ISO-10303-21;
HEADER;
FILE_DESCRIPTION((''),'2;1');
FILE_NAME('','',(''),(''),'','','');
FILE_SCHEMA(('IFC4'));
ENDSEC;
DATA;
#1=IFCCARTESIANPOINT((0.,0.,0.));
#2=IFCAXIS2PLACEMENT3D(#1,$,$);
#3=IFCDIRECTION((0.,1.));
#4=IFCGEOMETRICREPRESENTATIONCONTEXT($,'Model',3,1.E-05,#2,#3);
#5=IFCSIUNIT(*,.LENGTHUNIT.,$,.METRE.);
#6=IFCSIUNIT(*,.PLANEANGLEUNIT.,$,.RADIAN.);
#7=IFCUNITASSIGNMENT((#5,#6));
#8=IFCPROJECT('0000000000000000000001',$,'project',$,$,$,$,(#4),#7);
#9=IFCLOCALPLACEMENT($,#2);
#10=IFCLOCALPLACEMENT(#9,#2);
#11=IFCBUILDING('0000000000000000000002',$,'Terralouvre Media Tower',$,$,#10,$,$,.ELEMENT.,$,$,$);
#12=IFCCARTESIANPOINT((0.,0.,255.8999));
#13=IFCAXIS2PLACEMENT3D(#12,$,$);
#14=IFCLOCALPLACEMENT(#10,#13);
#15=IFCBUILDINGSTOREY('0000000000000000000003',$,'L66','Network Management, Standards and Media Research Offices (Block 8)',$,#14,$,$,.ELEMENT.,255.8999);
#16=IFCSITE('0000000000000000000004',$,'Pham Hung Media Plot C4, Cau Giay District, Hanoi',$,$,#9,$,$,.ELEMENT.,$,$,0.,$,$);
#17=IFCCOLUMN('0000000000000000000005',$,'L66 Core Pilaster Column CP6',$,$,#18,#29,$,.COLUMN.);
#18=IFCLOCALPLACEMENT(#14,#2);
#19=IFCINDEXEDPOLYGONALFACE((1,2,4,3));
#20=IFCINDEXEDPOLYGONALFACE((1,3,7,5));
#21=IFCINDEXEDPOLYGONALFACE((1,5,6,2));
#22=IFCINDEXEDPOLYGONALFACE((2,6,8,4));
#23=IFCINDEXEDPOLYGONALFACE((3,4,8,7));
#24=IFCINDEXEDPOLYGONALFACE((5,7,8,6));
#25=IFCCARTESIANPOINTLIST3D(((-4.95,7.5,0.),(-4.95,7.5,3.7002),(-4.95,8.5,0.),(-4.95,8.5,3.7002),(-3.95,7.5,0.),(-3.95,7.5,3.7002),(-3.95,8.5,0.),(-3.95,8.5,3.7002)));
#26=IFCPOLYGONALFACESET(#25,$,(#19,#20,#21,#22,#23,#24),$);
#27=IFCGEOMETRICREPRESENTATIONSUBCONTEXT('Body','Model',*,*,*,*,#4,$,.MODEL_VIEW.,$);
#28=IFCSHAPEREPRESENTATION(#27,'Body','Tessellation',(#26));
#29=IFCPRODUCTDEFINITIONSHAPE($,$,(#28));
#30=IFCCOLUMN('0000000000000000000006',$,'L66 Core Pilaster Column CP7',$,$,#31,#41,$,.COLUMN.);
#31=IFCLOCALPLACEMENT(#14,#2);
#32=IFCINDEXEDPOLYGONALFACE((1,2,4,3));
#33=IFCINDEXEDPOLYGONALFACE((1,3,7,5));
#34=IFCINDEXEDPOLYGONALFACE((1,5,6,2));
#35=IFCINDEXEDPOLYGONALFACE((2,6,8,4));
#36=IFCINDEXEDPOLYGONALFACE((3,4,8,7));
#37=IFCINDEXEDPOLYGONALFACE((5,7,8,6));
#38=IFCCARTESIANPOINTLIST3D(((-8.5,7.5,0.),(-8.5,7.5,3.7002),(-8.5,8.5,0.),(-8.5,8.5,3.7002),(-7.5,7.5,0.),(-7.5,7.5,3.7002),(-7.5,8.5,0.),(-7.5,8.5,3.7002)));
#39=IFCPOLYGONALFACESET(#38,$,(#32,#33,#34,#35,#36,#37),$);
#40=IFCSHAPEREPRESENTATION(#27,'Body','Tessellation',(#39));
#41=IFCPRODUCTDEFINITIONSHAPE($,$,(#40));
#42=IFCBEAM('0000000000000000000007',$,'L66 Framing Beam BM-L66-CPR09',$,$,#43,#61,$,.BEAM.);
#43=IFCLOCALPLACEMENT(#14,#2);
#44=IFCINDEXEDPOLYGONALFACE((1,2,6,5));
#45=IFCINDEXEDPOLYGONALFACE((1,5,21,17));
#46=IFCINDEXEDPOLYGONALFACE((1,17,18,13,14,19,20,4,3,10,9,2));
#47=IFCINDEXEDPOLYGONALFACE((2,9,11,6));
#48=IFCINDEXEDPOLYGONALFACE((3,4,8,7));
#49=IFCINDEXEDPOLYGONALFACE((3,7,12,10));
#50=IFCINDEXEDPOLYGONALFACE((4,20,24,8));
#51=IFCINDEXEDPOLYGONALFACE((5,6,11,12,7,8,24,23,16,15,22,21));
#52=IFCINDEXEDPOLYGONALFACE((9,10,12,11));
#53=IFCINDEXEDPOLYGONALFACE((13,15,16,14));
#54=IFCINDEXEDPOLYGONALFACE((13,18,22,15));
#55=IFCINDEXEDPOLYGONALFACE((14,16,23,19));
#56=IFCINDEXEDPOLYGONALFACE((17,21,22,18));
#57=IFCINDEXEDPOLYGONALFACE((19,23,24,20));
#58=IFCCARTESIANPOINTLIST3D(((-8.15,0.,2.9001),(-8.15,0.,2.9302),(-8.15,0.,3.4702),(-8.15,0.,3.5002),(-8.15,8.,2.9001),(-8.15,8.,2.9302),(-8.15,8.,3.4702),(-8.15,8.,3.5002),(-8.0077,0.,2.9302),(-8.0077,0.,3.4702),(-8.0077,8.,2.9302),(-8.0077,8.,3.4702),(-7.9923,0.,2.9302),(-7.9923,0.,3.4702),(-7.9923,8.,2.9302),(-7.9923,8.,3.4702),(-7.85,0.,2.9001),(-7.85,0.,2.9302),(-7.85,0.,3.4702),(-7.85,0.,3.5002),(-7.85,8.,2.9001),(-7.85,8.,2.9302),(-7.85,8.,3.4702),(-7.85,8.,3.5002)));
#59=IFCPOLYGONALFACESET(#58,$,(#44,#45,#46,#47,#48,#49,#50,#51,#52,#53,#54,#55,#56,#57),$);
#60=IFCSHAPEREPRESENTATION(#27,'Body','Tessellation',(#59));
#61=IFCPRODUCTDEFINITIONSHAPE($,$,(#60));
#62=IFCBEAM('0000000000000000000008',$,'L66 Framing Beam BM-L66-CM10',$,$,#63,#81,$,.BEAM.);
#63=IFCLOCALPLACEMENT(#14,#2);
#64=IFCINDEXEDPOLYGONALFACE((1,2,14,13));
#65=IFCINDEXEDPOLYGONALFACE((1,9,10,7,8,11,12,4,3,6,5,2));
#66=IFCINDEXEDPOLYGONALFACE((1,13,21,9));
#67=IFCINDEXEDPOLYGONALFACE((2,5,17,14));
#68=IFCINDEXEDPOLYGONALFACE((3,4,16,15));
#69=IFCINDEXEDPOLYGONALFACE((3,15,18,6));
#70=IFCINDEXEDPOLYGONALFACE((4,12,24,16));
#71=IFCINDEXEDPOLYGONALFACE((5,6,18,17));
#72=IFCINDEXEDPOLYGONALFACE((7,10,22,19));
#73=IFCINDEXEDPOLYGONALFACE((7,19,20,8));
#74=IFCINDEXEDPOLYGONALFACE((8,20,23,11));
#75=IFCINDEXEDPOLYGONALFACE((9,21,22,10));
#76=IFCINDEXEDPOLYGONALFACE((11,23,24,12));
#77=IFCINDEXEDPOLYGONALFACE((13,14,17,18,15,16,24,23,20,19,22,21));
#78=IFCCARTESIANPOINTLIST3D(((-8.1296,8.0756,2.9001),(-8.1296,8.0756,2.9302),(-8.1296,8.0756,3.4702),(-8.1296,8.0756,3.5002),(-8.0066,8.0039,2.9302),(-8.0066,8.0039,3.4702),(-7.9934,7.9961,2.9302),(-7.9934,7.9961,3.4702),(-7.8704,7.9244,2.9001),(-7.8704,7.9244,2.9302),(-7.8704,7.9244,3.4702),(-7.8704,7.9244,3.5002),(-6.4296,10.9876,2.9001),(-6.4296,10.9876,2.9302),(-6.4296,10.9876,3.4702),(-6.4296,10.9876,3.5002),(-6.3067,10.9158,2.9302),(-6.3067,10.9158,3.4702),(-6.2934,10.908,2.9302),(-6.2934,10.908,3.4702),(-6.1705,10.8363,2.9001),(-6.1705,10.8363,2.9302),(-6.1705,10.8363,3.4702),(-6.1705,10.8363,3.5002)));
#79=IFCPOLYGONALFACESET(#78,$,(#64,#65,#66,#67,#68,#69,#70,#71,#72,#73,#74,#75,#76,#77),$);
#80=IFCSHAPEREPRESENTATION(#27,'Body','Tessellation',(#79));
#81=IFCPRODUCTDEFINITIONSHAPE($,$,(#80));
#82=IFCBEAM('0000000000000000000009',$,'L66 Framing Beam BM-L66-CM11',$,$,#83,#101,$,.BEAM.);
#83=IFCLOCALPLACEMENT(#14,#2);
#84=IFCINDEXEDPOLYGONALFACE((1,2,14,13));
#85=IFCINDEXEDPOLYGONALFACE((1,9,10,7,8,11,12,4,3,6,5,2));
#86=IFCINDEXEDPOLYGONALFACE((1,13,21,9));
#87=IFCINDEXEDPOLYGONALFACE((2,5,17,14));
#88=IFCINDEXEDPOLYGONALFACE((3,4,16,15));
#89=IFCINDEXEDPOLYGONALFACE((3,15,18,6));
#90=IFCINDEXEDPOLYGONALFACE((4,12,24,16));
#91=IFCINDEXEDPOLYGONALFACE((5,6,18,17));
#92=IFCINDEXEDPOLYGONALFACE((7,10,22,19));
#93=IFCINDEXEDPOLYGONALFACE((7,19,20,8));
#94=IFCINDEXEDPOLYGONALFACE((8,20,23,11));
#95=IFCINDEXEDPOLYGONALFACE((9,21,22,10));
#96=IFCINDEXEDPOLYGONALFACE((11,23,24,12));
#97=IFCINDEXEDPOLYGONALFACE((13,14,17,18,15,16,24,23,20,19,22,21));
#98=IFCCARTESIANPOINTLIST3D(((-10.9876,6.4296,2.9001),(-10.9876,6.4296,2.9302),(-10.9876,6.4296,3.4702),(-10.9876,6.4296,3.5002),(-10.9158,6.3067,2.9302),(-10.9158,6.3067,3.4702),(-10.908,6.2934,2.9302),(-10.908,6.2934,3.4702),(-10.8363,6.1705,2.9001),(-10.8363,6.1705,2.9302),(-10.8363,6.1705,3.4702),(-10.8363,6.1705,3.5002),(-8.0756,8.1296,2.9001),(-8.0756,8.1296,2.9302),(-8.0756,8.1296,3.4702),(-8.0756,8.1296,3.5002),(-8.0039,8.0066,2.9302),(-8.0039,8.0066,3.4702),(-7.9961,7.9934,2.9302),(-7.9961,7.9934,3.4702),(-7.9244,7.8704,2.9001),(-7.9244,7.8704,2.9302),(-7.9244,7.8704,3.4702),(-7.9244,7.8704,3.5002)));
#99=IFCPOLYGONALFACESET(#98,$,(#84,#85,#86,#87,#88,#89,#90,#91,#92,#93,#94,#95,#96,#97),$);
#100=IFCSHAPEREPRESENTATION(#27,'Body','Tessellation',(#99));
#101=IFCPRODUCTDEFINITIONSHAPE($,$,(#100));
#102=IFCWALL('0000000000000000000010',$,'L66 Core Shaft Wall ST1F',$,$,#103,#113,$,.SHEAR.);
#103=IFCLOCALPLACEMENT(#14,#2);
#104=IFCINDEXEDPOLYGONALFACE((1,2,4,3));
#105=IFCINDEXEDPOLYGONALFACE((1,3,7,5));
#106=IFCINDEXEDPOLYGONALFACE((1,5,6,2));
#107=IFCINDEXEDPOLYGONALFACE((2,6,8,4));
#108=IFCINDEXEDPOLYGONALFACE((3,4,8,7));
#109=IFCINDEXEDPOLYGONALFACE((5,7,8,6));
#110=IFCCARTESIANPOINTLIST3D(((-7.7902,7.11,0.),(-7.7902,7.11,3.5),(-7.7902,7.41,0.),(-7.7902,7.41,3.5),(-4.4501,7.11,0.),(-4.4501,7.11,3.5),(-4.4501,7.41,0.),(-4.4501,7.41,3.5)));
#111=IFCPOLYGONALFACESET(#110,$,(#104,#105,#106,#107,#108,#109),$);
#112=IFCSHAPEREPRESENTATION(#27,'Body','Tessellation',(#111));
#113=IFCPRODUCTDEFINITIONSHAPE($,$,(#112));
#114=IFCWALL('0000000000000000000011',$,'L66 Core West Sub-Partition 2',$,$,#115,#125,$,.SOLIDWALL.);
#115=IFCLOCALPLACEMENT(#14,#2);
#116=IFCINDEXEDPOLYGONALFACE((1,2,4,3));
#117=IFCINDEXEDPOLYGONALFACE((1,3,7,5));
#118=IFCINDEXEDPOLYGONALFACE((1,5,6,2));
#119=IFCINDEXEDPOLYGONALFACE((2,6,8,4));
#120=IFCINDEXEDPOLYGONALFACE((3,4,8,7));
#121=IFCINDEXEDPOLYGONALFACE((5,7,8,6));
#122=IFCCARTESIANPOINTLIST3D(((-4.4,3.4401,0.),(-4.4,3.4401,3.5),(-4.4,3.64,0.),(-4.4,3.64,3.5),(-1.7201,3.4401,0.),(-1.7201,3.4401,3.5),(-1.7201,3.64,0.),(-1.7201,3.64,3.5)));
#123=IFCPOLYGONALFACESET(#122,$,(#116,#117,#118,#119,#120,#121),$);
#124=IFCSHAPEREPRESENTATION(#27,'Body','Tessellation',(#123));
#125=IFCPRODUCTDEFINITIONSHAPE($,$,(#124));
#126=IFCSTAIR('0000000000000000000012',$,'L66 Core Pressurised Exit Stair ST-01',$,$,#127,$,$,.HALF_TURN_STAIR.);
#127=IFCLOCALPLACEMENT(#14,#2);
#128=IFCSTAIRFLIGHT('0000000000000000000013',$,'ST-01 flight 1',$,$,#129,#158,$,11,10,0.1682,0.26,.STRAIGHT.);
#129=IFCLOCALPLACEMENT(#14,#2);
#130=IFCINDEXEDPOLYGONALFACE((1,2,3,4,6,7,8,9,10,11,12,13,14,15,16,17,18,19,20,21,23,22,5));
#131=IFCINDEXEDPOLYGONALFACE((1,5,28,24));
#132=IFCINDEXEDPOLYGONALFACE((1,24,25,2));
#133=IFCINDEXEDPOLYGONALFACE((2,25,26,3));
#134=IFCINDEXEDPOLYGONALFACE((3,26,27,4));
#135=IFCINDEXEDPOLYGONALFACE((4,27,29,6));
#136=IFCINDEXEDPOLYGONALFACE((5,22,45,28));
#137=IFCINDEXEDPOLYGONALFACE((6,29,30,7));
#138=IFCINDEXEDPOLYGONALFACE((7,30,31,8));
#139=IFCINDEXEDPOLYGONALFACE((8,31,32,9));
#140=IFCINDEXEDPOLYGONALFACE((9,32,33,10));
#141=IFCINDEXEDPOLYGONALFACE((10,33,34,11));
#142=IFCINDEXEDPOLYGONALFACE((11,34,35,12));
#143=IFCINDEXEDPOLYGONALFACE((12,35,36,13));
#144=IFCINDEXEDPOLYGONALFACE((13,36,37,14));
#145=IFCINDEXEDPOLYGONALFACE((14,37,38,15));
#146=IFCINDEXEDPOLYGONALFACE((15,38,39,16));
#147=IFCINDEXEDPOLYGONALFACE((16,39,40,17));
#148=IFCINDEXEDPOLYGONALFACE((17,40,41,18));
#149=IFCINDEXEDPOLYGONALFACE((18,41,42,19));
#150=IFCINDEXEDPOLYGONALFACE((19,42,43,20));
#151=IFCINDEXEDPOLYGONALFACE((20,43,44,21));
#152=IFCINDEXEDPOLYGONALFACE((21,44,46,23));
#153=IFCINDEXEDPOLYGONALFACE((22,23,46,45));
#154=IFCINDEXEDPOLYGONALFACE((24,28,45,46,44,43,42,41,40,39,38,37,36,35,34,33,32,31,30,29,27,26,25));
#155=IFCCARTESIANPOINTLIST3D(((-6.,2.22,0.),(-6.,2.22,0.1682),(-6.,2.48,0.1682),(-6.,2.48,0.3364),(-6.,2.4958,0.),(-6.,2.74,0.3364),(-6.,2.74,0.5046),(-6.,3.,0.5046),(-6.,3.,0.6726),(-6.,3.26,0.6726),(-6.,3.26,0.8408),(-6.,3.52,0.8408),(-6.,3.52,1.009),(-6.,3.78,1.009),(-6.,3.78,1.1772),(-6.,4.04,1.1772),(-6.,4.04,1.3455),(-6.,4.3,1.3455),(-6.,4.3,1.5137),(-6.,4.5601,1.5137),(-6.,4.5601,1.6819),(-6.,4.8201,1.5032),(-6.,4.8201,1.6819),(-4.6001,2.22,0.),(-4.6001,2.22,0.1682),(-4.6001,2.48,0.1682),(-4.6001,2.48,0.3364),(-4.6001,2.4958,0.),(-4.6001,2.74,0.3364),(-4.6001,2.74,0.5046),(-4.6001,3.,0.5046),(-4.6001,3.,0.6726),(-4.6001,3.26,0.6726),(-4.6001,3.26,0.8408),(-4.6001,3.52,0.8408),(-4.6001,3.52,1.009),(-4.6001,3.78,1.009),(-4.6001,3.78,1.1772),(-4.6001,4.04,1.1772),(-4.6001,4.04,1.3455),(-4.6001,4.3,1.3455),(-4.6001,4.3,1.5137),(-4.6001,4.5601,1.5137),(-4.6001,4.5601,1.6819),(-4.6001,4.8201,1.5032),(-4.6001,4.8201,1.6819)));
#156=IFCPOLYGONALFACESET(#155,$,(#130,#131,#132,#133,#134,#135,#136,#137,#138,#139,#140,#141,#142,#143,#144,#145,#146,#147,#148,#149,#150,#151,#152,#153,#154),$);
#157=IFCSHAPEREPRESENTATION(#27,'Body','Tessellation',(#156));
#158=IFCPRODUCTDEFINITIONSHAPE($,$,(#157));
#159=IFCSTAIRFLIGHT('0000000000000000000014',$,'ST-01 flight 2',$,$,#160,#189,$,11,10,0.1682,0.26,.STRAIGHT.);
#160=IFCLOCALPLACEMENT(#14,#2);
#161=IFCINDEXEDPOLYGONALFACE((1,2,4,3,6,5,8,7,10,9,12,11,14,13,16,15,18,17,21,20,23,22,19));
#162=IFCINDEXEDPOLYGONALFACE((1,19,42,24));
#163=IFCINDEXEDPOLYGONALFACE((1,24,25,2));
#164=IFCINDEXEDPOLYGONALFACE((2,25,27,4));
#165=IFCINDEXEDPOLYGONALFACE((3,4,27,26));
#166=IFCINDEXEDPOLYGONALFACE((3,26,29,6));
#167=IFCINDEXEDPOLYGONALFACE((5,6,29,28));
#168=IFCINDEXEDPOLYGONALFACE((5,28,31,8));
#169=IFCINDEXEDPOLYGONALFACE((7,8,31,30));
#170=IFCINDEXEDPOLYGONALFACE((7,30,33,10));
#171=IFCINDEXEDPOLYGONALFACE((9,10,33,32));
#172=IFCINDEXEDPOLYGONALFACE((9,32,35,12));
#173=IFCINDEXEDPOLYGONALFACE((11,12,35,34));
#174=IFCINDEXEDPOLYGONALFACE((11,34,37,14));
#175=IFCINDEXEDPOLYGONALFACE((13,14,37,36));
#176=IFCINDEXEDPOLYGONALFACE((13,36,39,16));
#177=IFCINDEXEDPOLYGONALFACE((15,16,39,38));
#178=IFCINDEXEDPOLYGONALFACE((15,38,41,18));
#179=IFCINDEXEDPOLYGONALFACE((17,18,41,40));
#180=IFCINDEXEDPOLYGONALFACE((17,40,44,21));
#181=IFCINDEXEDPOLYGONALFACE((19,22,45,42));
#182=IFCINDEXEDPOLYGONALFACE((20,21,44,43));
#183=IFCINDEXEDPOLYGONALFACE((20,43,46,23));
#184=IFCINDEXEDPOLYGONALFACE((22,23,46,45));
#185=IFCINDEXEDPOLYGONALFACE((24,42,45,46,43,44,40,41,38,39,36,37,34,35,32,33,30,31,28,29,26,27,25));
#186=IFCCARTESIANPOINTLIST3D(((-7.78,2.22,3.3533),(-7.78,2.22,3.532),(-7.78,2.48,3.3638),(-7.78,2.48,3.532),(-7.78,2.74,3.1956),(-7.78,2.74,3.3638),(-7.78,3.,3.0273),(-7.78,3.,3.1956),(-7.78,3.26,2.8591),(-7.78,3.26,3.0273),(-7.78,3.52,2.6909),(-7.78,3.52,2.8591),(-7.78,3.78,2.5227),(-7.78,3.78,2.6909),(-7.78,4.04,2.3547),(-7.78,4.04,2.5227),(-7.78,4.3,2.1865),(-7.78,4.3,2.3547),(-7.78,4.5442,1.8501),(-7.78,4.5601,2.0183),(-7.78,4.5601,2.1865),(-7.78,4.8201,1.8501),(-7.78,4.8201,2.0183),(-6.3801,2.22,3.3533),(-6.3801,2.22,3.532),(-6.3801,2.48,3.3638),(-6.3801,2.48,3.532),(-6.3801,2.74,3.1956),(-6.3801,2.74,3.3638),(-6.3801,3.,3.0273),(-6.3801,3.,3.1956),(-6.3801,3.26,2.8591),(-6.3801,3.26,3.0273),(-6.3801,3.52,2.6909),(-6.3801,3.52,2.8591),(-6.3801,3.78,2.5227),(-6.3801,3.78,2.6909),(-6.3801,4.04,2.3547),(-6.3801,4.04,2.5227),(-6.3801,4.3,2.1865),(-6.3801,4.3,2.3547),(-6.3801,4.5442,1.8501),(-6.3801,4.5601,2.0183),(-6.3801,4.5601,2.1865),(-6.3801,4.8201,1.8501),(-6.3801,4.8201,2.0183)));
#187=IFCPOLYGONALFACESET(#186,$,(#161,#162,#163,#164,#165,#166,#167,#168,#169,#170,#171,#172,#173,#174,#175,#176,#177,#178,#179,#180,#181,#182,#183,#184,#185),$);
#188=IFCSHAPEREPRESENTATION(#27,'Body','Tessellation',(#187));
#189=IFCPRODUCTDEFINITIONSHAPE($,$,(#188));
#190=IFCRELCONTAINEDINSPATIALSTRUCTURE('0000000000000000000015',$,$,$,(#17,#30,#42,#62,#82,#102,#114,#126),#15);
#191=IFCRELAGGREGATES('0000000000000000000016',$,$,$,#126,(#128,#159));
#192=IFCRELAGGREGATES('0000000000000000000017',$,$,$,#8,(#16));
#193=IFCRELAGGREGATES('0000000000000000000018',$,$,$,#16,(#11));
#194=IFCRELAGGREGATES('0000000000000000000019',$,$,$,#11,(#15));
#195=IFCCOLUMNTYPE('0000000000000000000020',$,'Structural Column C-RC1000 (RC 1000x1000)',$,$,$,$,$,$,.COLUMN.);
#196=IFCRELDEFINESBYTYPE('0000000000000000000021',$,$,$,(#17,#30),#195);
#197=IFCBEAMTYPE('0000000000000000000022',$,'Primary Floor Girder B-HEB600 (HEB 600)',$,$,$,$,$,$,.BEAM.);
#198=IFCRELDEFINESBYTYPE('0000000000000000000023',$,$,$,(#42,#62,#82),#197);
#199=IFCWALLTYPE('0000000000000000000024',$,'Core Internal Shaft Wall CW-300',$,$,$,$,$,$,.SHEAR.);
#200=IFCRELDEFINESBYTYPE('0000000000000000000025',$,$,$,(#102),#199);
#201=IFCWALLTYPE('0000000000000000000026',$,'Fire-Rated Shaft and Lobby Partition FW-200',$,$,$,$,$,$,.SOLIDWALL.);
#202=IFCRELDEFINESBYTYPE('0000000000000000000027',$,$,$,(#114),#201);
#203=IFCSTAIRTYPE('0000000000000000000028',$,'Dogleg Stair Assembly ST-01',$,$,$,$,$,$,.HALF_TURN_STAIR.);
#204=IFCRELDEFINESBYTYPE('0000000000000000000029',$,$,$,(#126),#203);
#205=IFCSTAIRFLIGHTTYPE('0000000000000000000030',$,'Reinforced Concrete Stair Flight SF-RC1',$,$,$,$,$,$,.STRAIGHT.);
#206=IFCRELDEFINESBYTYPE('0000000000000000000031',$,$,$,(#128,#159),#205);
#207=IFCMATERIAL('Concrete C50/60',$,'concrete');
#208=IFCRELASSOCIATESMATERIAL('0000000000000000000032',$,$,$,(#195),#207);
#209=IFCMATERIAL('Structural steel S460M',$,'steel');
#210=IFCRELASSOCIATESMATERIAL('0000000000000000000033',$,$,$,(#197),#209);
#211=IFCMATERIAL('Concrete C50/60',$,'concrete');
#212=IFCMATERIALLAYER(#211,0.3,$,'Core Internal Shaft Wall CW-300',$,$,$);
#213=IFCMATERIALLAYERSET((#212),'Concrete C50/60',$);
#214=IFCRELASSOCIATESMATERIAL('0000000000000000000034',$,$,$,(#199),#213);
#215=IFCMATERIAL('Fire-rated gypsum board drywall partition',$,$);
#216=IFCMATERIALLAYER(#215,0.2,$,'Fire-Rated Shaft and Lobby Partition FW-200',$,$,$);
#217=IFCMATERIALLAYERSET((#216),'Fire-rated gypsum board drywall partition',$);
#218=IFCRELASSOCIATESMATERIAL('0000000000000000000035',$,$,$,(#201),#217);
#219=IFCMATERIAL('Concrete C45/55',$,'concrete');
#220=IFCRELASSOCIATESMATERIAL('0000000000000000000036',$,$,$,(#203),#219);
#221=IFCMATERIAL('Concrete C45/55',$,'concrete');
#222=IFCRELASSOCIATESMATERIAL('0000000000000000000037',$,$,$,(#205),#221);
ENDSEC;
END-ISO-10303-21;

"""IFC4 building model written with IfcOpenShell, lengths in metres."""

from ifc_helpers import new_model, si_unit, direction, frame, frame_2d, origin, origin_2d, place, context, subcontext, project, spatial, polyline, rectangle, i_section, outline, extrude, material, layer, layer_set, material_profile, profile_set, type_object, element, aggregate, save


model = new_model("IFC4")

# Units and contexts
model_context = context("Model", 3, precision=1e-05, world=origin(), true_north=direction((0.0, 1.0)))
body_context = subcontext(model_context, "Body", "Model", "MODEL_VIEW")
ifc_project = project(units=[si_unit("LENGTHUNIT", "METRE"), si_unit("PLANEANGLEUNIT", "RADIAN")], contexts=[model_context])

# Site, building, storey
site_placement = place(None, origin())
site = spatial("IfcSite", under=ifc_project, at=site_placement, Name="Pham Hung Media Plot C4, Cau Giay District, Hanoi", CompositionType="ELEMENT", RefElevation=0.0)
building_placement = place(site_placement, origin())
building = spatial("IfcBuilding", under=site, at=building_placement, Name="Terralouvre Media Tower", CompositionType="ELEMENT")
storey_placement = place(building_placement, frame((0.0, 0.0, 255.8999)))
storey = spatial("IfcBuildingStorey", under=building, at=storey_placement, Name="L66", Description="Network Management, Standards and Media Research Offices (Block 8)", CompositionType="ELEMENT", Elevation=255.8999)

# Columns
ifc_material_1 = material(Name="Concrete C50/60", Category="concrete")
ifc_material_profile_1 = material_profile(ifc_material_1, rectangle(XDim=1.0, YDim=1.0, at=origin_2d()), Name="RC 1000x1000")
ifc_profile_set_1 = profile_set([ifc_material_profile_1], Name="Concrete C50/60")
column_type = type_object("IfcColumnType", Name="Structural Column C-RC1000 (RC 1000x1000)", PredefinedType="COLUMN", material=ifc_profile_set_1)
for number, where, z_axis, x_axis, name in (
    (1, (-4.45, 8.0, 0.0), (0.0, 0.0, 1.0), (1.0, 0.0, 0.0), "L66 Core Pilaster Column CP6"),
    (2, (-8.0, 8.0, 0.0), (0.0, 0.0, 1.0), (1.0, 0.0, 0.0), "L66 Core Pilaster Column CP7"),
):
    element("IfcColumn", number, at=place(storey_placement, frame(where, z_axis=z_axis, x_axis=x_axis)), inside=storey, type_object=column_type, Name=name, PredefinedType="COLUMN", context=body_context, shape_type="SweptSolid", body=[
        extrude(rectangle(XDim=1.0, YDim=1.0, at=origin_2d()), origin(), (0.0, 0.0, 1.0), 3.7002),
    ])

# Beams
ifc_material_2 = material(Name="Structural steel S460M", Category="steel")
ifc_material_profile_2 = material_profile(ifc_material_2, i_section(OverallWidth=0.3, OverallDepth=0.6001, WebThickness=0.0154, FlangeThickness=0.03, at=origin_2d()), Name="HEB 600")
ifc_profile_set_2 = profile_set([ifc_material_profile_2], Name="Structural steel S460M")
beam_type = type_object("IfcBeamType", Name="Primary Floor Girder B-HEB600 (HEB 600)", PredefinedType="BEAM", material=ifc_profile_set_2)
beam_placement = place(storey_placement, frame((-8.0, 8.0, 3.2002), z_axis=(0.0, -1.0, 0.0), x_axis=(1.0, 0.0, 0.0)))
element("IfcBeam", 3, at=beam_placement, inside=storey, type_object=beam_type, Name="L66 Framing Beam BM-L66-CPR09", PredefinedType="BEAM", context=body_context, shape_type="SweptSolid", body=[
    extrude(i_section(OverallWidth=0.3, OverallDepth=0.6001, WebThickness=0.0154, FlangeThickness=0.03, at=origin_2d()), origin(), (0.0, 0.0, 1.0), 8.0),
])
for number, where, z_axis, x_axis, name in (
    (4, (-8.0, 8.0, 3.2002), (0.504173, 0.863603, 0.0), (-0.863603, 0.504173, 0.0), "L66 Framing Beam BM-L66-CM10"),
    (5, (-8.0, 8.0, 3.2002), (-0.863603, -0.504173, 0.0), (0.504173, -0.863603, 0.0), "L66 Framing Beam BM-L66-CM11"),
):
    element("IfcBeam", number, at=place(storey_placement, frame(where, z_axis=z_axis, x_axis=x_axis)), inside=storey, type_object=beam_type, Name=name, PredefinedType="BEAM", context=body_context, shape_type="SweptSolid", body=[
        extrude(i_section(OverallWidth=0.3, OverallDepth=0.6001, WebThickness=0.0154, FlangeThickness=0.03, at=origin_2d()), origin(), (0.0, 0.0, 1.0), 3.3718),
    ])

# Shared definitions
ifc_material_3 = material(Name="Concrete C50/60", Category="concrete")
ifc_layer_1 = layer(ifc_material_3, 0.3, Name="Core Internal Shaft Wall CW-300")
ifc_layer_set_1 = layer_set([ifc_layer_1], Name="Concrete C50/60")
wall_type_1 = type_object("IfcWallType", Name="Core Internal Shaft Wall CW-300", PredefinedType="SHEAR", material=ifc_layer_set_1)

# Wall
wall_1_placement = place(storey_placement, frame((-7.79, 7.26, 0.0), z_axis=(0.0, 0.0, 1.0), x_axis=(1.0, 0.0, 0.0)))
element("IfcWall", 6, at=wall_1_placement, inside=storey, type_object=wall_type_1, Name="L66 Core Shaft Wall ST1F", PredefinedType="SHEAR", context=body_context, shape_type="SweptSolid", body=[
    extrude(rectangle(XDim=3.3401, YDim=0.3, at=frame_2d((1.6699, 0.0))), origin(), (0.0, 0.0, 1.0), 3.5),
])

# Wall
ifc_material_4 = material(Name="Fire-rated gypsum board drywall partition")
ifc_layer_2 = layer(ifc_material_4, 0.2, Name="Fire-Rated Shaft and Lobby Partition FW-200")
ifc_layer_set_2 = layer_set([ifc_layer_2], Name="Fire-rated gypsum board drywall partition")
wall_type_2 = type_object("IfcWallType", Name="Fire-Rated Shaft and Lobby Partition FW-200", PredefinedType="SOLIDWALL", material=ifc_layer_set_2)
wall_2_placement = place(storey_placement, frame((-4.3999, 3.54, 0.0), z_axis=(0.0, 0.0, 1.0), x_axis=(1.0, 0.0, 0.0)))
element("IfcWall", 7, at=wall_2_placement, inside=storey, type_object=wall_type_2, Name="L66 Core West Sub-Partition 2", PredefinedType="SOLIDWALL", context=body_context, shape_type="SweptSolid", body=[
    extrude(rectangle(XDim=2.6799, YDim=0.2, at=frame_2d((1.3398, 0.0))), origin(), (0.0, 0.0, 1.0), 3.5),
])

# Stair, stair flights
ifc_material_5 = material(Name="Concrete C45/55", Category="concrete")
stair_type = type_object("IfcStairType", Name="Dogleg Stair Assembly ST-01", PredefinedType="HALF_TURN_STAIR", material=ifc_material_5)
stair_placement = place(storey_placement, origin())
stair = element("IfcStair", 8, at=stair_placement, inside=storey, type_object=stair_type, Name="L66 Core Pressurised Exit Stair ST-01", PredefinedType="HALF_TURN_STAIR")
ifc_material_6 = material(Name="Concrete C45/55", Category="concrete")
stair_flight_type = type_object("IfcStairFlightType", Name="Reinforced Concrete Stair Flight SF-RC1", PredefinedType="STRAIGHT", material=ifc_material_6)
stair_flight_1_placement = place(storey_placement, frame((-5.3, 2.22, 0.0), z_axis=(0.0, 0.0, 1.0), x_axis=(0.0, 1.0, 0.0)))
stair_flight_1 = element("IfcStairFlight", 9, at=stair_flight_1_placement, type_object=stair_flight_type, Name="ST-01 flight 1", NumberOfRisers=11, NumberOfTreads=10, PredefinedType="STRAIGHT", RiserHeight=0.1682, TreadLength=0.26, context=body_context, shape_type="SweptSolid", body=[
    extrude(outline(polyline([(0.0, 0.0), (0.0, 0.1682), (0.26, 0.1682), (0.26, 0.3364), (0.52, 0.3364), (0.52, 0.5046), (0.78, 0.5046), (0.78, 0.6726), (1.04, 0.6726), (1.04, 0.8408), (1.3, 0.8408), (1.3, 1.009), (1.5601, 1.009), (1.5601, 1.1772), (1.8201, 1.1772), (1.8201, 1.3455), (2.0801, 1.3455), (2.0801, 1.5137), (2.3401, 1.5137), (2.3401, 1.6819), (2.6001, 1.6819), (2.6001, 1.8501), (2.6001, 1.5032), (0.2759, 0.0), (0.0, 0.0)])), frame((0.0, 0.7, 0.0), z_axis=(0.0, -1.0, 0.0), x_axis=(1.0, 0.0, 0.0)), (0.0, 0.0, 1.0), 1.3999),
])
stair_flight_2_placement = place(storey_placement, frame((-7.0801, 4.8201, 1.8501), z_axis=(0.0, 0.0, 1.0), x_axis=(0.0, -1.0, 0.0)))
stair_flight_2 = element("IfcStairFlight", 10, at=stair_flight_2_placement, type_object=stair_flight_type, Name="ST-01 flight 2", NumberOfRisers=11, NumberOfTreads=10, PredefinedType="STRAIGHT", RiserHeight=0.1682, TreadLength=0.26, context=body_context, shape_type="SweptSolid", body=[
    extrude(outline(polyline([(0.0, 0.0), (0.0, 0.1682), (0.26, 0.1682), (0.26, 0.3364), (0.52, 0.3364), (0.52, 0.5046), (0.78, 0.5046), (0.78, 0.6726), (1.04, 0.6726), (1.04, 0.8408), (1.3, 0.8408), (1.3, 1.009), (1.5601, 1.009), (1.5601, 1.1772), (1.8201, 1.1772), (1.8201, 1.3455), (2.0801, 1.3455), (2.0801, 1.5137), (2.3401, 1.5137), (2.3401, 1.6819), (2.6001, 1.6819), (2.6001, 1.8501), (2.6001, 1.5032), (0.2759, 0.0), (0.0, 0.0)])), frame((0.0, 0.7, 0.0), z_axis=(0.0, -1.0, 0.0), x_axis=(1.0, 0.0, 0.0)), (0.0, 0.0, 1.0), 1.3999),
])
aggregate(stair, [stair_flight_1, stair_flight_2])

save(model, "model.ifc")
